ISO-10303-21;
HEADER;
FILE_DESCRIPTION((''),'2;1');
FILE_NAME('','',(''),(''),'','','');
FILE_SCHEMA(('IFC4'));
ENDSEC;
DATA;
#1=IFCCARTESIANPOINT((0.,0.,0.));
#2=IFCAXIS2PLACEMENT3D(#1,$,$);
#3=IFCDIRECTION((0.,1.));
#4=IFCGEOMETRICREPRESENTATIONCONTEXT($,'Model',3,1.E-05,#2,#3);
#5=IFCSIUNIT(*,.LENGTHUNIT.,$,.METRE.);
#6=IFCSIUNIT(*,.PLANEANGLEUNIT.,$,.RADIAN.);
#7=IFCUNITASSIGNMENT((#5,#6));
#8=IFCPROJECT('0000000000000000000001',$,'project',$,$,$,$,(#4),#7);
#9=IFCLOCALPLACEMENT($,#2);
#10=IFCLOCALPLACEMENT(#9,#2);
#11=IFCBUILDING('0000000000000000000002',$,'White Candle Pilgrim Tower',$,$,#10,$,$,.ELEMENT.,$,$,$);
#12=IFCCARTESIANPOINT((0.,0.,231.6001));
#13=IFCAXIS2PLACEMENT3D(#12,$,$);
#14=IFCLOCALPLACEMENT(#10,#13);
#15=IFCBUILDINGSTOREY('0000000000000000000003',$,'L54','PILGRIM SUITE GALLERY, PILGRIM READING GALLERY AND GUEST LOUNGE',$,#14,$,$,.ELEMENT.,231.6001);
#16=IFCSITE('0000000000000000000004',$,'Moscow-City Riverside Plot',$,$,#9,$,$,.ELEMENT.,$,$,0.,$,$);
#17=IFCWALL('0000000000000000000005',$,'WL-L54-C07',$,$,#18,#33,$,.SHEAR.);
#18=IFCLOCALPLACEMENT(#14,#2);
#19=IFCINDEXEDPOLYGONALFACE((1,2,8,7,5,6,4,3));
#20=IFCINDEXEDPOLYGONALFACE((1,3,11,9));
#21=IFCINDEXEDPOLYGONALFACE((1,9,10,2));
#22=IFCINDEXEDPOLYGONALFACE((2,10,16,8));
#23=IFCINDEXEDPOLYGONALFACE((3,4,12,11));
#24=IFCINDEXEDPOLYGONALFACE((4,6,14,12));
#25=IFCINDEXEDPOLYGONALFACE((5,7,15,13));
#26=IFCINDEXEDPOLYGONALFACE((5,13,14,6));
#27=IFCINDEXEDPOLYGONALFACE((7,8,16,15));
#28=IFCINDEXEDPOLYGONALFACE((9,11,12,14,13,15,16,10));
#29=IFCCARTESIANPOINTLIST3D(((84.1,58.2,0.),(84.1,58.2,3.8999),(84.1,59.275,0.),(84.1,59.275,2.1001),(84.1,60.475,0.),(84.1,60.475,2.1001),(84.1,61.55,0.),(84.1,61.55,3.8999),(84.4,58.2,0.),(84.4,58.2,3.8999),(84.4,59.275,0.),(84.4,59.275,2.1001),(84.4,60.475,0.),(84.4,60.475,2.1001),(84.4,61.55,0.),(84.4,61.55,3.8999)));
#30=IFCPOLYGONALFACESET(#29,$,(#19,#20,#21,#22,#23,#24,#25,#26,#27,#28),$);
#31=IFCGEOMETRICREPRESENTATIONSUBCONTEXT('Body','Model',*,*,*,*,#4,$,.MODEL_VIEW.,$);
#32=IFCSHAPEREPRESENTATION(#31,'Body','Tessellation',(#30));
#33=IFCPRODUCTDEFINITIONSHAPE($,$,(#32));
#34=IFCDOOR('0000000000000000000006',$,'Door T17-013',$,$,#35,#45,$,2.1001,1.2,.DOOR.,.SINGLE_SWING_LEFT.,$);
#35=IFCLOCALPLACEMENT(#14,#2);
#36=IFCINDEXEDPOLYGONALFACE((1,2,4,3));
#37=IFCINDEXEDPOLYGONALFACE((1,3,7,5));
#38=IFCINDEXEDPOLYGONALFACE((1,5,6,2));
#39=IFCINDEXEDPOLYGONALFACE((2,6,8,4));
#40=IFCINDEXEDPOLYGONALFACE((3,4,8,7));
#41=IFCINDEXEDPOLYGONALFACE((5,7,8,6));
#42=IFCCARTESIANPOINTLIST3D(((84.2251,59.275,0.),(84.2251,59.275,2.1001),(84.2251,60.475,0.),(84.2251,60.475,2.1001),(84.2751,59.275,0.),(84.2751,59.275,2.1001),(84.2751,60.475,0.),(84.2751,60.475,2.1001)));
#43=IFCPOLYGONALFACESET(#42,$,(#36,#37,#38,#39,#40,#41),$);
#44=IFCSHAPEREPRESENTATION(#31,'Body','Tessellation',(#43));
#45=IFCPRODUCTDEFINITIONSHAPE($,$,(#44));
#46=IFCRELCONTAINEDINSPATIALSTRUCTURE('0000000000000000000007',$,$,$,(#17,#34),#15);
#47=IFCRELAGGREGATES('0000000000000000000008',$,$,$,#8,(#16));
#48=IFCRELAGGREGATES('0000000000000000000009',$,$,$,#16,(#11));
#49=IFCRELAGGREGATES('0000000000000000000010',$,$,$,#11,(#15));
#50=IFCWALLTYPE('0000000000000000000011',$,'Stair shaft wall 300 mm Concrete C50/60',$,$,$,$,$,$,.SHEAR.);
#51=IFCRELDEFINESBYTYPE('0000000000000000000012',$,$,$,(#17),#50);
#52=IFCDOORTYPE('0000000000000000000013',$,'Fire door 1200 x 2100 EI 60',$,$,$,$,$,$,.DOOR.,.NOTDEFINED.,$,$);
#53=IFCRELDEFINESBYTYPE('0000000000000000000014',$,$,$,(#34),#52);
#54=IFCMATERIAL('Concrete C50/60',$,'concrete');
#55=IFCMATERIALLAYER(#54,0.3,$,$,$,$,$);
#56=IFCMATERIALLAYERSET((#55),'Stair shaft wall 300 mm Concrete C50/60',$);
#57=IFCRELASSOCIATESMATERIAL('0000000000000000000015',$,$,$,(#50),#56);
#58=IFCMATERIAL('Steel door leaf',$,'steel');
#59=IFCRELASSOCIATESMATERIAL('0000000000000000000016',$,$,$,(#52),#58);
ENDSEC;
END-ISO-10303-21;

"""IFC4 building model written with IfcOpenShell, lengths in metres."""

from ifc_helpers import new_model, si_unit, direction, frame, frame_2d, origin, place, context, subcontext, project, spatial, rectangle, extrude, material, layer, layer_set, type_object, element, fill, save


model = new_model("IFC4")

# Units and contexts
model_context = context("Model", 3, precision=1e-05, world=origin(), true_north=direction((0.0, 1.0)))
body_context = subcontext(model_context, "Body", "Model", "MODEL_VIEW")
ifc_project = project(units=[si_unit("LENGTHUNIT", "METRE"), si_unit("PLANEANGLEUNIT", "RADIAN")], contexts=[model_context])

# Site, building, storey
site_placement = place(None, origin())
site = spatial("IfcSite", under=ifc_project, at=site_placement, Name="Moscow-City Riverside Plot", CompositionType="ELEMENT", RefElevation=0.0)
building_placement = place(site_placement, origin())
building = spatial("IfcBuilding", under=site, at=building_placement, Name="White Candle Pilgrim Tower", CompositionType="ELEMENT")
storey_placement = place(building_placement, frame((0.0, 0.0, 231.6001)))
storey = spatial("IfcBuildingStorey", under=building, at=storey_placement, Name="L54", Description="PILGRIM SUITE GALLERY, PILGRIM READING GALLERY AND GUEST LOUNGE", CompositionType="ELEMENT", Elevation=231.6001)

# Shared definitions
ifc_material_1 = material(Name="Concrete C50/60", Category="concrete")

# Shared definitions
ifc_material_2 = material(Name="Steel door leaf", Category="steel")

# Wall, opening, door
ifc_layer_1 = layer(ifc_material_1, 0.3)
ifc_layer_set_1 = layer_set([ifc_layer_1], Name="Stair shaft wall 300 mm Concrete C50/60")
wall_type_1 = type_object("IfcWallType", Name="Stair shaft wall 300 mm Concrete C50/60", PredefinedType="SHEAR", material=ifc_layer_set_1)
wall_1_placement = place(storey_placement, frame((84.25, 58.2, 0.0), z_axis=(0.0, 0.0, 1.0), x_axis=(0.0, 1.0, 0.0)))
wall_1 = element("IfcWall", 1, at=wall_1_placement, inside=storey, type_object=wall_type_1, Name="WL-L54-C07", PredefinedType="SHEAR", context=body_context, shape_type="SweptSolid", body=[
    extrude(rectangle(XDim=3.3501, YDim=0.3, at=frame_2d((1.675, 0.0))), origin(), (0.0, 0.0, 1.0), 3.8999),
])
opening_1_placement = place(wall_1_placement, frame((1.075, 0.0, 0.0)))
opening_1 = element("IfcOpeningElement", 2, at=opening_1_placement, cuts=wall_1, PredefinedType="OPENING", context=body_context, shape_type="SweptSolid", body=[
    extrude(rectangle(XDim=1.2, YDim=2.1001, at=frame_2d((0.6001, 1.05))), frame((0.0, 0.1599, 0.0), z_axis=(0.0, -1.0, 0.0), x_axis=(1.0, 0.0, 0.0)), (0.0, 0.0, 1.0), 0.3201),
])
door_type_1 = type_object("IfcDoorType", Name="Fire door 1200 x 2100 EI 60", OperationType="NOTDEFINED", PredefinedType="DOOR", material=ifc_material_2)
door_1_placement = place(opening_1_placement, origin())
door_1 = element("IfcDoor", 3, at=door_1_placement, inside=storey, type_object=door_type_1, Name="Door T17-013", OperationType="SINGLE_SWING_LEFT", OverallHeight=2.1001, OverallWidth=1.2, PredefinedType="DOOR", context=body_context, shape_type="SweptSolid", body=[
    extrude(rectangle(XDim=1.2, YDim=2.1001, at=frame_2d((0.6001, 1.05))), frame((0.0, 0.0249, 0.0), z_axis=(0.0, -1.0, 0.0), x_axis=(1.0, 0.0, 0.0)), (0.0, 0.0, 1.0), 0.05),
])
fill(opening_1, door_1)

save(model, "model.ifc")
